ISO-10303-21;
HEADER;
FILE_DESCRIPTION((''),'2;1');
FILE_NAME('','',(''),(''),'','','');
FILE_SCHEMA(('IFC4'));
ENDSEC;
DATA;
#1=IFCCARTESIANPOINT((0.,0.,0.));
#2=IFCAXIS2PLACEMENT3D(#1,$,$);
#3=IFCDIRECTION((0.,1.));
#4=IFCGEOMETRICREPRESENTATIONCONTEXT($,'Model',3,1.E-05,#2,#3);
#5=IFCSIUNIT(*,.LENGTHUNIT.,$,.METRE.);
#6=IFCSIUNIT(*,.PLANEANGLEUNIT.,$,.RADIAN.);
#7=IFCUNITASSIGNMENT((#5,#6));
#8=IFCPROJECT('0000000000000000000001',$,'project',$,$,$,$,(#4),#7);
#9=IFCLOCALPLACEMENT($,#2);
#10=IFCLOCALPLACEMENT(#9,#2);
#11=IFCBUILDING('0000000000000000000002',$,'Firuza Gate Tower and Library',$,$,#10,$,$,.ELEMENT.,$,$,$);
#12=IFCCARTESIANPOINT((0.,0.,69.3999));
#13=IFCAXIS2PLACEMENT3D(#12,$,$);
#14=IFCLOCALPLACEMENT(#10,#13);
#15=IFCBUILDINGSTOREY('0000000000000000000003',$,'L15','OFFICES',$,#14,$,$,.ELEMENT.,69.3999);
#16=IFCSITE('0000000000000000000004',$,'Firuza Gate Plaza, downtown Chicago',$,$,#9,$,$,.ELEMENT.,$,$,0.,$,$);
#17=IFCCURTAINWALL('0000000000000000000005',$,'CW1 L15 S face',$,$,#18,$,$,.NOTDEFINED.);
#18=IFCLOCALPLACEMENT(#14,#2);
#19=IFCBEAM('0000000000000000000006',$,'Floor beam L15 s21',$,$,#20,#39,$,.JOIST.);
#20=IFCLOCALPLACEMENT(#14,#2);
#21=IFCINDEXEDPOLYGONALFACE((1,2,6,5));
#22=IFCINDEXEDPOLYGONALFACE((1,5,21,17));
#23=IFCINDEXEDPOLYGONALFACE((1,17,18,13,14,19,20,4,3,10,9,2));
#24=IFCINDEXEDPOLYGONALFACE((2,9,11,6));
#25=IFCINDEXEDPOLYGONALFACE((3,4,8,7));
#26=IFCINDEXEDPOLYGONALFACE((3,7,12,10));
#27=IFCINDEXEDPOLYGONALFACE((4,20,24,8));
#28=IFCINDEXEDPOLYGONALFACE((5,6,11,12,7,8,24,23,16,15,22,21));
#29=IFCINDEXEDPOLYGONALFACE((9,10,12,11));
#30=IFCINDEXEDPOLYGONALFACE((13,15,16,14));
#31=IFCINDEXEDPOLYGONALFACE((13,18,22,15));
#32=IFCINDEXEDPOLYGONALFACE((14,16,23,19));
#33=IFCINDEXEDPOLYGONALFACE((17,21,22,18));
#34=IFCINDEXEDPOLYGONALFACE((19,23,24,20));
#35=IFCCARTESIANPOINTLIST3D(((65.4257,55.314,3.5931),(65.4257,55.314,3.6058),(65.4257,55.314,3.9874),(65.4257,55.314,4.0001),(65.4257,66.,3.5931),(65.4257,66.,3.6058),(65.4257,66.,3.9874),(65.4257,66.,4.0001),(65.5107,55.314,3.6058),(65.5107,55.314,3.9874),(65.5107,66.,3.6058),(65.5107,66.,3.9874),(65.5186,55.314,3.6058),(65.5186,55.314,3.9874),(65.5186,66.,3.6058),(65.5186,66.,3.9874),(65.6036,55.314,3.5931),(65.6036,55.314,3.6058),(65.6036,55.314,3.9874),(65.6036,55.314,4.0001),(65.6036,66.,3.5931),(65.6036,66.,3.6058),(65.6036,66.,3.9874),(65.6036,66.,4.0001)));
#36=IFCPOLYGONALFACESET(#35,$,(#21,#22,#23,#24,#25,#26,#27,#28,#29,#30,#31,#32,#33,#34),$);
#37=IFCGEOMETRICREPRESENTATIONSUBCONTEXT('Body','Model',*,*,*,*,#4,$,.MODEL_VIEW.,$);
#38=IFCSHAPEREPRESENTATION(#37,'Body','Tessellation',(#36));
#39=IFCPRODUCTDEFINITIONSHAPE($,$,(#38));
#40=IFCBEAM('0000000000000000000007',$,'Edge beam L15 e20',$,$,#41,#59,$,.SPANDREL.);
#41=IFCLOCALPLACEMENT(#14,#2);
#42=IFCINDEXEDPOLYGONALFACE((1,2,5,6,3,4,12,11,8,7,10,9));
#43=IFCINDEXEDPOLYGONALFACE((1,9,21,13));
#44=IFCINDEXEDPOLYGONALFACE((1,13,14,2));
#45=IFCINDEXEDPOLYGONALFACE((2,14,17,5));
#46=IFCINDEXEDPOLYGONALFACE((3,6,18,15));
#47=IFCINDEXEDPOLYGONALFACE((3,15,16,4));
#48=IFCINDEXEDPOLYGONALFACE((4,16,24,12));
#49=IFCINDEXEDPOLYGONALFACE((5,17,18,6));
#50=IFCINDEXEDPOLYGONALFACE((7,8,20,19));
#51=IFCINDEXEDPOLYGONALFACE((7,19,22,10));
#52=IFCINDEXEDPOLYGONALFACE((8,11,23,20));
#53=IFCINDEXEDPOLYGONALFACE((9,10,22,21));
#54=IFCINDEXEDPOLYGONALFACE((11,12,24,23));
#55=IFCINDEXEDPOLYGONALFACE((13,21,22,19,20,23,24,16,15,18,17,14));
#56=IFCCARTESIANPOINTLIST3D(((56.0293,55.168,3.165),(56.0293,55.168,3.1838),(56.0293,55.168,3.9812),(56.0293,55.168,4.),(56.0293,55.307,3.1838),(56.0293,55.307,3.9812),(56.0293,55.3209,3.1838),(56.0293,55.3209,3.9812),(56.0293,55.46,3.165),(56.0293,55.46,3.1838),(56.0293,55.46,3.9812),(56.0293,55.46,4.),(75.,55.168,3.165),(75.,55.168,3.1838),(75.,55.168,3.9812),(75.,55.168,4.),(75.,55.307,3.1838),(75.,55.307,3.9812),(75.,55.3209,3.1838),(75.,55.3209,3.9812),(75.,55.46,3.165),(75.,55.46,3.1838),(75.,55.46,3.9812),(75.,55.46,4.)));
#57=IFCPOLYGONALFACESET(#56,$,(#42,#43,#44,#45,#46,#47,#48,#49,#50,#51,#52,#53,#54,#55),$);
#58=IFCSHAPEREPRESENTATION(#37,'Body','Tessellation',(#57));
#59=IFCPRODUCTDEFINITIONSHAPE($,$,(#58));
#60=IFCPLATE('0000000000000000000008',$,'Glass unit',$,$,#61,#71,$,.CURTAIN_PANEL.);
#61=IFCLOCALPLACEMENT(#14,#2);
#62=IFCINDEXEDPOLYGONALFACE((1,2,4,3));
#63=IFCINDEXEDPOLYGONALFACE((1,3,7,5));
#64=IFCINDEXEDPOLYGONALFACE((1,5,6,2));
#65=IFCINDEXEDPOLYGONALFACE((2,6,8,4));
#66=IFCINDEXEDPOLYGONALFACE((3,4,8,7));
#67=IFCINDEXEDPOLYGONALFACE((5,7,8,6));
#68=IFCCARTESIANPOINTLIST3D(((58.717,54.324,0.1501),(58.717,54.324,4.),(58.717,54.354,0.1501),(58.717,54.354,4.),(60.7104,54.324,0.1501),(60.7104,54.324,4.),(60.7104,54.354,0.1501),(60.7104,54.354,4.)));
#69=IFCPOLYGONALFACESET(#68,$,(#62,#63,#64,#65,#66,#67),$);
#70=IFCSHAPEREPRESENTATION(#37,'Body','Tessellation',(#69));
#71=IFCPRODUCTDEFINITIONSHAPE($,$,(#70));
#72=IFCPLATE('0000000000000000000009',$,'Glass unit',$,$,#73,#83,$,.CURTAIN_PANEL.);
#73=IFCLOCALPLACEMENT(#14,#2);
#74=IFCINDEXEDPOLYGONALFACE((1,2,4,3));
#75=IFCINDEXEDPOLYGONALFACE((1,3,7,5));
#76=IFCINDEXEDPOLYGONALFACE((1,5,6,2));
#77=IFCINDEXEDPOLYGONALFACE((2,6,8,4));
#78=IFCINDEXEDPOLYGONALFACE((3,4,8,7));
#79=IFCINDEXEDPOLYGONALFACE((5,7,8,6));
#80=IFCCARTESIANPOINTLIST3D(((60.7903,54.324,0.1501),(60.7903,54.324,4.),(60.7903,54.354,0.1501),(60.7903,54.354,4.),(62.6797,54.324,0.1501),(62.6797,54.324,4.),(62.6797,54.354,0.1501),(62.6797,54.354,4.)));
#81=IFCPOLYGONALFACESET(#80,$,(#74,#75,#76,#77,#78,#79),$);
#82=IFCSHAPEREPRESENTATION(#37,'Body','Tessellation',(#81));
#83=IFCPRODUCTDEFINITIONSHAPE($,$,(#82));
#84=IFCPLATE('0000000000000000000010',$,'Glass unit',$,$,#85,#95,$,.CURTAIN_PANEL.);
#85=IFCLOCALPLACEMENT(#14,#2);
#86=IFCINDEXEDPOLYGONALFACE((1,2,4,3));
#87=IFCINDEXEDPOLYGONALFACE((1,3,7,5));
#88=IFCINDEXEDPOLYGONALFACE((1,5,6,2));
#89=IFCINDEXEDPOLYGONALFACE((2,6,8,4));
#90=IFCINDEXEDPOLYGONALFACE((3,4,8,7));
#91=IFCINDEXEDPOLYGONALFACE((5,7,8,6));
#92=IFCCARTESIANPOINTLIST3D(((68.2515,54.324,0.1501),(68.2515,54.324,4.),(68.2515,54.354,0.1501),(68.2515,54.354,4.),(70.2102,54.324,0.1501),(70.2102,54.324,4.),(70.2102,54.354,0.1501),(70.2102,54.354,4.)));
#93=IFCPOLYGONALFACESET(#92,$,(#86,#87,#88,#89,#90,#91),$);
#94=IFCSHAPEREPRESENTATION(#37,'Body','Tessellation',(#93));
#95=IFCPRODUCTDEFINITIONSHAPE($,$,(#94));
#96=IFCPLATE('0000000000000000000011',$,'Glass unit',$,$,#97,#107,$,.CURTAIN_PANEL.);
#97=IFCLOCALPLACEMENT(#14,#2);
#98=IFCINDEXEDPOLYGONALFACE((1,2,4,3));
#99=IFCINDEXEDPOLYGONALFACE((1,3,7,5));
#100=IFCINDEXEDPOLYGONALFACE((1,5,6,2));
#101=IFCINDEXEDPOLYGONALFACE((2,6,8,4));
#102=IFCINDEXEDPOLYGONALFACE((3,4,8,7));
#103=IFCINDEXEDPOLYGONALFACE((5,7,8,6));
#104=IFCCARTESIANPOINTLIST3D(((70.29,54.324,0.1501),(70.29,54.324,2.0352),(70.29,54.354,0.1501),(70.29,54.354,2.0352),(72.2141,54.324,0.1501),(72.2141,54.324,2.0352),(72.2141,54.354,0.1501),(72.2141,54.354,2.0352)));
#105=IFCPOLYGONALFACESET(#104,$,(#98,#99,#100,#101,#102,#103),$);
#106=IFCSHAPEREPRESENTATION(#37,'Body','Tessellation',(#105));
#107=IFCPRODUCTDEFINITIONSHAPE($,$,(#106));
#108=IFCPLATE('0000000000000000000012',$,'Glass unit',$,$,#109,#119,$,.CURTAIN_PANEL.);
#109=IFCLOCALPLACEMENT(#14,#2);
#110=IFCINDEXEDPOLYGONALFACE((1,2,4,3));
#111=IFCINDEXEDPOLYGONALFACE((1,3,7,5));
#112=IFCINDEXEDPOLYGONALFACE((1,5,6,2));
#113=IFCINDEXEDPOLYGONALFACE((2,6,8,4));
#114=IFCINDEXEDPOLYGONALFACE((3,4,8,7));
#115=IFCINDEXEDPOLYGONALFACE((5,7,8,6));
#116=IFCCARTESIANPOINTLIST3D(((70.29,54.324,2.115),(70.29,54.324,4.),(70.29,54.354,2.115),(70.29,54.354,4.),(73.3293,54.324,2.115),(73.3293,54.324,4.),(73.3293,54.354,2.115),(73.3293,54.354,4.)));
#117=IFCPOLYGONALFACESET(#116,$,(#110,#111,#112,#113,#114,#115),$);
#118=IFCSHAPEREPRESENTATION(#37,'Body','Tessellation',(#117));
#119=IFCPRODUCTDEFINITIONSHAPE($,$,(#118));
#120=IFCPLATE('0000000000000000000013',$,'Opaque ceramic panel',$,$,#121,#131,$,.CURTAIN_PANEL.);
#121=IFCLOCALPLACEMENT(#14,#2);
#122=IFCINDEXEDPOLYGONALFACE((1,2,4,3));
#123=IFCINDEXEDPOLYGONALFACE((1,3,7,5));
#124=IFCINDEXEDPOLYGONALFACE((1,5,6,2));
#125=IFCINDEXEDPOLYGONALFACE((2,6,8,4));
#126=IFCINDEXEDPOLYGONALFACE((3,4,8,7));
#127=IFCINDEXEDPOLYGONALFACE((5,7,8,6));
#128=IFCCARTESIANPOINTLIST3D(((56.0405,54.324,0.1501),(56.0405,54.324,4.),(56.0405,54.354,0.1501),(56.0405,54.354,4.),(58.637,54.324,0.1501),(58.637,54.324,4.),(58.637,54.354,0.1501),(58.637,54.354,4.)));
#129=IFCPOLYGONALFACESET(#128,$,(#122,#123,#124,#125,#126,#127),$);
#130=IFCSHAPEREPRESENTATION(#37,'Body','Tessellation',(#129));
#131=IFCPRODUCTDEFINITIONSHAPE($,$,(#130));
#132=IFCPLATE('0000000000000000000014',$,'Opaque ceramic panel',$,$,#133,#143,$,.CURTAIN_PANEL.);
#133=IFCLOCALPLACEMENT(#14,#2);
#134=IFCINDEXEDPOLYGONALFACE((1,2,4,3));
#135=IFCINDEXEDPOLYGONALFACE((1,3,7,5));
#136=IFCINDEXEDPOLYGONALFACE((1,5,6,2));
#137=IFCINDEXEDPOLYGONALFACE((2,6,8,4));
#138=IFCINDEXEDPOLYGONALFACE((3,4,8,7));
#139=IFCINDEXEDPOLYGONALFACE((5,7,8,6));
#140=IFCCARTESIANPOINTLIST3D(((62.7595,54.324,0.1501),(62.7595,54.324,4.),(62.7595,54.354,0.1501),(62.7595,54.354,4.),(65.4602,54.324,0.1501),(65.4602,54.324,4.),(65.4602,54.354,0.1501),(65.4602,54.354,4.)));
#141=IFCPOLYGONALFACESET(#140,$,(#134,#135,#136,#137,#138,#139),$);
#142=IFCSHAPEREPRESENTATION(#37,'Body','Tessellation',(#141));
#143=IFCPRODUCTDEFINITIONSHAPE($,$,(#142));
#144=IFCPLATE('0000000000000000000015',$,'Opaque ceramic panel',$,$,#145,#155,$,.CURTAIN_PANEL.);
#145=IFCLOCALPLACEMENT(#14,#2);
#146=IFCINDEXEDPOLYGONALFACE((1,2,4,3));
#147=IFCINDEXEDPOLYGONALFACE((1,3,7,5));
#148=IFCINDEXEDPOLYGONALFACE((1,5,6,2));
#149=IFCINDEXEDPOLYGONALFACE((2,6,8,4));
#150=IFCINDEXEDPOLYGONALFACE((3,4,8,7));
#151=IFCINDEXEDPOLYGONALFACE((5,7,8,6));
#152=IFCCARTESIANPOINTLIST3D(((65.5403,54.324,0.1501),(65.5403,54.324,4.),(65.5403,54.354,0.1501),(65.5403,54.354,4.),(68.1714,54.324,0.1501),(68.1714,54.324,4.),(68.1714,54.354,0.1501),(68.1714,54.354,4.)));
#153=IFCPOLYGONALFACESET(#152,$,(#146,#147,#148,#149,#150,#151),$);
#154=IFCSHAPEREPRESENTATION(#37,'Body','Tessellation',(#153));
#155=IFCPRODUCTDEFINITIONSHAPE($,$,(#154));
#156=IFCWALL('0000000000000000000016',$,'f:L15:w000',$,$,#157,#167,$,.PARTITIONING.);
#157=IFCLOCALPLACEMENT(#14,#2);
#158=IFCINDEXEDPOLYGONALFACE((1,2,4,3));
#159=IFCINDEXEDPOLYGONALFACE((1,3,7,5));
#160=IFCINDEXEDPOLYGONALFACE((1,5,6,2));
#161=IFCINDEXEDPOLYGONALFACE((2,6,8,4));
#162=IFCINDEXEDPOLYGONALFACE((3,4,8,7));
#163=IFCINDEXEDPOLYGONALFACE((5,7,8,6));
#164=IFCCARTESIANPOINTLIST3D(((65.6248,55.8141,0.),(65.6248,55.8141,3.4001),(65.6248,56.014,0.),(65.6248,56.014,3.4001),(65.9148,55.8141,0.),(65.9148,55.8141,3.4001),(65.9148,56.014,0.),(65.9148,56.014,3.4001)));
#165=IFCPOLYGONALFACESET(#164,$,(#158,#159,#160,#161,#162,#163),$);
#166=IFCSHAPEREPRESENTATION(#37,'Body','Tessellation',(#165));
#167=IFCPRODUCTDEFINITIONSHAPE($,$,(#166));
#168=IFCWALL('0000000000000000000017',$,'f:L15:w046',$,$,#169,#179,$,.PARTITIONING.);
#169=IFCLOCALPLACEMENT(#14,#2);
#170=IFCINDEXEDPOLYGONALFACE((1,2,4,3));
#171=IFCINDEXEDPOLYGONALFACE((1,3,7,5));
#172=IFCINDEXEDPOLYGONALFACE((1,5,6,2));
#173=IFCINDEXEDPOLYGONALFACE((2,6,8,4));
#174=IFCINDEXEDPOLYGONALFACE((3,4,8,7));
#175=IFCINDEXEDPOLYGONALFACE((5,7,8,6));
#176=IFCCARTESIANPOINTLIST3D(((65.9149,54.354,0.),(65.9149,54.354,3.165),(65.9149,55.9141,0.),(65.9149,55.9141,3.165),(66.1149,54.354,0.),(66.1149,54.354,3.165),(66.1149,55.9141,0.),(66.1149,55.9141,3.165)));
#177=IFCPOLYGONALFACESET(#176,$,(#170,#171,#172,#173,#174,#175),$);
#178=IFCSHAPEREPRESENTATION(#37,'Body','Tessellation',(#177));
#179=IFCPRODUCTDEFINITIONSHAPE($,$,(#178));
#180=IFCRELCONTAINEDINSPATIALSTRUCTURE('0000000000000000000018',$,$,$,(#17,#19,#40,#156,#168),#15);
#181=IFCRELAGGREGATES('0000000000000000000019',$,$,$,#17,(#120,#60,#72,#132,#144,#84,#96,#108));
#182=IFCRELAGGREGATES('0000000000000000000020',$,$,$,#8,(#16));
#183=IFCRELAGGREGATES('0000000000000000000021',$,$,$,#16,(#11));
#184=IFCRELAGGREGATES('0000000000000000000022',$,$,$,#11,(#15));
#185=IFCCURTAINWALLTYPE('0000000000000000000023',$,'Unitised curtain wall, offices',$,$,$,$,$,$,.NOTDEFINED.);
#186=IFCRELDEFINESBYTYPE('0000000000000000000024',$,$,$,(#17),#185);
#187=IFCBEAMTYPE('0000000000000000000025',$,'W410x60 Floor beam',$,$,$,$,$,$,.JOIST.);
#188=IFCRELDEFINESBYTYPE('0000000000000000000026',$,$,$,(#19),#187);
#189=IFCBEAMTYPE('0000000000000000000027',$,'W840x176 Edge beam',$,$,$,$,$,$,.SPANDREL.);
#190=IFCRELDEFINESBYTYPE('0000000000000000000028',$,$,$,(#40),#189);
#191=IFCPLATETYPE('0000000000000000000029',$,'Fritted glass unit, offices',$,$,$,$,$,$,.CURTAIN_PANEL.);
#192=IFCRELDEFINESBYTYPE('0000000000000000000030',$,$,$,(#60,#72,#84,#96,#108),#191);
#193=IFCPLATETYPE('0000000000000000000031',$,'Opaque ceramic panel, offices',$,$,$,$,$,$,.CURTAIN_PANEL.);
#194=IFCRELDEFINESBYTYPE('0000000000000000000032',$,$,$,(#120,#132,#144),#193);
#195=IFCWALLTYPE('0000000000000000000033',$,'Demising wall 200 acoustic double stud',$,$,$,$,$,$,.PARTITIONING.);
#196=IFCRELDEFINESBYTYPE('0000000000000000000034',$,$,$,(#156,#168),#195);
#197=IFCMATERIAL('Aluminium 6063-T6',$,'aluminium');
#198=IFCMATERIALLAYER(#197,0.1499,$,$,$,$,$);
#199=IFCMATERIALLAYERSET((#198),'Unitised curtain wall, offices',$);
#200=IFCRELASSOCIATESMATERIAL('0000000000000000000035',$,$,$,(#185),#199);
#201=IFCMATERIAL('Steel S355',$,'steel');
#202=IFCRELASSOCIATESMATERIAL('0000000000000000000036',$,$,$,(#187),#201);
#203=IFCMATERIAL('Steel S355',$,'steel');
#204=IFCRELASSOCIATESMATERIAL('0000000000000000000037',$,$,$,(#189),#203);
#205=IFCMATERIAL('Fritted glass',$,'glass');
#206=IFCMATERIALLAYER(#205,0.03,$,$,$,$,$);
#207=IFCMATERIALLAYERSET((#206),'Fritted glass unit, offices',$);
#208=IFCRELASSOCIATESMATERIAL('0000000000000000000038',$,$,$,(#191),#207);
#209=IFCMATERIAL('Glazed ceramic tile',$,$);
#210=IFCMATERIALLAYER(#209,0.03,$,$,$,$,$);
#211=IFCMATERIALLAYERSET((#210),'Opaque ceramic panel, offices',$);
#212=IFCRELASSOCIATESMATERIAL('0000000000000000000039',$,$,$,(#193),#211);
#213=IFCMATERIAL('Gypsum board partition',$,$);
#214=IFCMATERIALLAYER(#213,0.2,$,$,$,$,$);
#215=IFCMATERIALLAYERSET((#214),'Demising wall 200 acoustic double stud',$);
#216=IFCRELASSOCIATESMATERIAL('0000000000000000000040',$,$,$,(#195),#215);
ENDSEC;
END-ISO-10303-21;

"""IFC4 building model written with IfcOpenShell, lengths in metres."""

from ifc_helpers import new_model, si_unit, direction, frame, frame_2d, origin, origin_2d, place, context, subcontext, project, spatial, polyline, rectangle, i_section, outline, extrude, material, layer, layer_set, material_profile, profile_set, type_object, element, aggregate, save


model = new_model("IFC4")

# Units and contexts
model_context = context("Model", 3, precision=1e-05, world=origin(), true_north=direction((0.0, 1.0)))
body_context = subcontext(model_context, "Body", "Model", "MODEL_VIEW")
ifc_project = project(units=[si_unit("LENGTHUNIT", "METRE"), si_unit("PLANEANGLEUNIT", "RADIAN")], contexts=[model_context])

# Site, building, storey
site_placement = place(None, origin())
site = spatial("IfcSite", under=ifc_project, at=site_placement, Name="Firuza Gate Plaza, downtown Chicago", CompositionType="ELEMENT", RefElevation=0.0)
building_placement = place(site_placement, origin())
building = spatial("IfcBuilding", under=site, at=building_placement, Name="Firuza Gate Tower and Library", CompositionType="ELEMENT")
storey_placement = place(building_placement, frame((0.0, 0.0, 69.3999)))
storey = spatial("IfcBuildingStorey", under=building, at=storey_placement, Name="L15", Description="OFFICES", CompositionType="ELEMENT", Elevation=69.3999)

# Curtain wall
ifc_material_1 = material(Name="Aluminium 6063-T6", Category="aluminium")
ifc_layer_1 = layer(ifc_material_1, 0.1499)
ifc_layer_set_1 = layer_set([ifc_layer_1], Name="Unitised curtain wall, offices")
curtain_wall_type = type_object("IfcCurtainWallType", Name="Unitised curtain wall, offices", PredefinedType="NOTDEFINED", material=ifc_layer_set_1)
curtain_wall_placement = place(storey_placement, origin())
curtain_wall = element("IfcCurtainWall", 1, at=curtain_wall_placement, inside=storey, type_object=curtain_wall_type, Name="CW1 L15 S face", PredefinedType="NOTDEFINED")

# Beams
ifc_material_2 = material(Name="Steel S355", Category="steel")
ifc_material_profile_1 = material_profile(ifc_material_2, i_section(OverallWidth=0.178, OverallDepth=0.407, WebThickness=0.0078, FlangeThickness=0.0127, at=origin_2d()))
ifc_profile_set_1 = profile_set([ifc_material_profile_1], Name="Steel S355")
beam_type_1 = type_object("IfcBeamType", Name="W410x60 Floor beam", PredefinedType="JOIST", material=ifc_profile_set_1)
beam_1_placement = place(storey_placement, frame((65.5146, 55.314, 3.7966), z_axis=(0.0, 1.0, 0.0), x_axis=(-1.0, 0.0, 0.0)))
element("IfcBeam", 2, at=beam_1_placement, inside=storey, type_object=beam_type_1, Name="Floor beam L15 s21", PredefinedType="JOIST", context=body_context, shape_type="SweptSolid", body=[
    extrude(i_section(OverallWidth=0.178, OverallDepth=0.407, WebThickness=0.0078, FlangeThickness=0.0127, at=origin_2d()), origin(), (0.0, 0.0, 1.0), 10.686),
])
ifc_material_3 = material(Name="Steel S355", Category="steel")
ifc_material_profile_2 = material_profile(ifc_material_3, i_section(OverallWidth=0.292, OverallDepth=0.835, WebThickness=0.0139, FlangeThickness=0.0188, at=origin_2d()))
ifc_profile_set_2 = profile_set([ifc_material_profile_2], Name="Steel S355")
beam_type_2 = type_object("IfcBeamType", Name="W840x176 Edge beam", PredefinedType="SPANDREL", material=ifc_profile_set_2)
beam_2_placement = place(storey_placement, frame((56.0293, 55.314, 3.5825), z_axis=(1.0, 0.0, 0.0), x_axis=(0.0, 1.0, 0.0)))
element("IfcBeam", 3, at=beam_2_placement, inside=storey, type_object=beam_type_2, Name="Edge beam L15 e20", PredefinedType="SPANDREL", context=body_context, shape_type="SweptSolid", body=[
    extrude(i_section(OverallWidth=0.292, OverallDepth=0.835, WebThickness=0.0139, FlangeThickness=0.0188, at=origin_2d()), origin(), (0.0, 0.0, 1.0), 18.9707),
])

# Plates
ifc_material_4 = material(Name="Fritted glass", Category="glass")
ifc_layer_2 = layer(ifc_material_4, 0.03)
ifc_layer_set_2 = layer_set([ifc_layer_2], Name="Fritted glass unit, offices")
plate_type_1 = type_object("IfcPlateType", Name="Fritted glass unit, offices", PredefinedType="CURTAIN_PANEL", material=ifc_layer_set_2)
plate_1_placement = place(storey_placement, frame((58.717, 54.324, 0.1501), z_axis=(0.0, -1.0, 0.0), x_axis=(1.0, 0.0, 0.0)))
plate_1 = element("IfcPlate", 4, at=plate_1_placement, type_object=plate_type_1, Name="Glass unit", PredefinedType="CURTAIN_PANEL", context=body_context, shape_type="SweptSolid", body=[
    extrude(outline(polyline([(0.0, 0.0), (1.9934, 0.0), (1.9934, 3.8499), (0.0, 3.8499), (0.0, 0.0)])), origin(), (0.0, 0.0, -1.0), 0.03),
])
plate_2_placement = place(storey_placement, frame((60.7903, 54.324, 0.1501), z_axis=(0.0, -1.0, 0.0), x_axis=(1.0, 0.0, 0.0)))
plate_2 = element("IfcPlate", 5, at=plate_2_placement, type_object=plate_type_1, Name="Glass unit", PredefinedType="CURTAIN_PANEL", context=body_context, shape_type="SweptSolid", body=[
    extrude(outline(polyline([(0.0, 0.0), (1.8894, 0.0), (1.8894, 3.8499), (0.0, 3.8499), (0.0, 0.0)])), origin(), (0.0, 0.0, -1.0), 0.03),
])
plate_3_placement = place(storey_placement, frame((68.2515, 54.324, 0.1501), z_axis=(0.0, -1.0, 0.0), x_axis=(1.0, 0.0, 0.0)))
plate_3 = element("IfcPlate", 6, at=plate_3_placement, type_object=plate_type_1, Name="Glass unit", PredefinedType="CURTAIN_PANEL", context=body_context, shape_type="SweptSolid", body=[
    extrude(outline(polyline([(0.0, 0.0), (1.9587, 0.0), (1.9587, 3.8499), (0.0, 3.8499), (0.0, 0.0)])), origin(), (0.0, 0.0, -1.0), 0.03),
])
plate_4_placement = place(storey_placement, frame((70.29, 54.324, 0.1501), z_axis=(0.0, -1.0, 0.0), x_axis=(1.0, 0.0, 0.0)))
plate_4 = element("IfcPlate", 7, at=plate_4_placement, type_object=plate_type_1, Name="Glass unit", PredefinedType="CURTAIN_PANEL", context=body_context, shape_type="SweptSolid", body=[
    extrude(outline(polyline([(0.0, 0.0), (1.9241, 0.0), (1.9241, 1.885), (0.0, 1.885), (0.0, 0.0)])), origin(), (0.0, 0.0, -1.0), 0.03),
])
plate_5_placement = place(storey_placement, frame((70.29, 54.324, 2.115), z_axis=(0.0, -1.0, 0.0), x_axis=(1.0, 0.0, 0.0)))
plate_5 = element("IfcPlate", 8, at=plate_5_placement, type_object=plate_type_1, Name="Glass unit", PredefinedType="CURTAIN_PANEL", context=body_context, shape_type="SweptSolid", body=[
    extrude(outline(polyline([(0.0, 0.0), (3.0393, 0.0), (3.0393, 1.885), (0.0, 1.885), (0.0, 0.0)])), origin(), (0.0, 0.0, -1.0), 0.03),
])
ifc_material_5 = material(Name="Glazed ceramic tile")
ifc_layer_3 = layer(ifc_material_5, 0.03)
ifc_layer_set_3 = layer_set([ifc_layer_3], Name="Opaque ceramic panel, offices")
plate_type_2 = type_object("IfcPlateType", Name="Opaque ceramic panel, offices", PredefinedType="CURTAIN_PANEL", material=ifc_layer_set_3)
plate_6_placement = place(storey_placement, frame((56.0405, 54.324, 0.1501), z_axis=(0.0, -1.0, 0.0), x_axis=(1.0, 0.0, 0.0)))
plate_6 = element("IfcPlate", 9, at=plate_6_placement, type_object=plate_type_2, Name="Opaque ceramic panel", PredefinedType="CURTAIN_PANEL", context=body_context, shape_type="SweptSolid", body=[
    extrude(outline(polyline([(0.0, 0.0), (2.5964, 0.0), (2.5964, 3.8499), (0.0, 3.8499), (0.0, 0.0)])), origin(), (0.0, 0.0, -1.0), 0.03),
])
plate_7_placement = place(storey_placement, frame((62.7595, 54.324, 0.1501), z_axis=(0.0, -1.0, 0.0), x_axis=(1.0, 0.0, 0.0)))
plate_7 = element("IfcPlate", 10, at=plate_7_placement, type_object=plate_type_2, Name="Opaque ceramic panel", PredefinedType="CURTAIN_PANEL", context=body_context, shape_type="SweptSolid", body=[
    extrude(outline(polyline([(0.0, 0.0), (2.7007, 0.0), (2.7007, 3.8499), (0.0, 3.8499), (0.0, 0.0)])), origin(), (0.0, 0.0, -1.0), 0.03),
])
plate_8_placement = place(storey_placement, frame((65.5403, 54.324, 0.1501), z_axis=(0.0, -1.0, 0.0), x_axis=(1.0, 0.0, 0.0)))
plate_8 = element("IfcPlate", 11, at=plate_8_placement, type_object=plate_type_2, Name="Opaque ceramic panel", PredefinedType="CURTAIN_PANEL", context=body_context, shape_type="SweptSolid", body=[
    extrude(outline(polyline([(0.0, 0.0), (2.6311, 0.0), (2.6311, 3.8499), (0.0, 3.8499), (0.0, 0.0)])), origin(), (0.0, 0.0, -1.0), 0.03),
])
aggregate(curtain_wall, [plate_6, plate_1, plate_2, plate_7, plate_8, plate_3, plate_4, plate_5])

# Walls
ifc_material_6 = material(Name="Gypsum board partition")
ifc_layer_4 = layer(ifc_material_6, 0.2)
ifc_layer_set_4 = layer_set([ifc_layer_4], Name="Demising wall 200 acoustic double stud")
wall_type = type_object("IfcWallType", Name="Demising wall 200 acoustic double stud", PredefinedType="PARTITIONING", material=ifc_layer_set_4)
wall_1_placement = place(storey_placement, frame((65.6248, 55.9141, 0.0), z_axis=(0.0, 0.0, 1.0), x_axis=(1.0, 0.0, 0.0)))
element("IfcWall", 12, at=wall_1_placement, inside=storey, type_object=wall_type, Name="f:L15:w000", PredefinedType="PARTITIONING", context=body_context, shape_type="SweptSolid", body=[
    extrude(rectangle(XDim=0.29, YDim=0.2, at=frame_2d((0.145, 0.0))), origin(), (0.0, 0.0, 1.0), 3.4001),
])
wall_2_placement = place(storey_placement, frame((66.0149, 54.354, 0.0), z_axis=(0.0, 0.0, 1.0), x_axis=(0.0, 1.0, 0.0)))
element("IfcWall", 13, at=wall_2_placement, inside=storey, type_object=wall_type, Name="f:L15:w046", PredefinedType="PARTITIONING", context=body_context, shape_type="SweptSolid", body=[
    extrude(rectangle(XDim=1.5601, YDim=0.2, at=frame_2d((0.78, 0.0))), origin(), (0.0, 0.0, 1.0), 3.165),
])

save(model, "model.ifc")
